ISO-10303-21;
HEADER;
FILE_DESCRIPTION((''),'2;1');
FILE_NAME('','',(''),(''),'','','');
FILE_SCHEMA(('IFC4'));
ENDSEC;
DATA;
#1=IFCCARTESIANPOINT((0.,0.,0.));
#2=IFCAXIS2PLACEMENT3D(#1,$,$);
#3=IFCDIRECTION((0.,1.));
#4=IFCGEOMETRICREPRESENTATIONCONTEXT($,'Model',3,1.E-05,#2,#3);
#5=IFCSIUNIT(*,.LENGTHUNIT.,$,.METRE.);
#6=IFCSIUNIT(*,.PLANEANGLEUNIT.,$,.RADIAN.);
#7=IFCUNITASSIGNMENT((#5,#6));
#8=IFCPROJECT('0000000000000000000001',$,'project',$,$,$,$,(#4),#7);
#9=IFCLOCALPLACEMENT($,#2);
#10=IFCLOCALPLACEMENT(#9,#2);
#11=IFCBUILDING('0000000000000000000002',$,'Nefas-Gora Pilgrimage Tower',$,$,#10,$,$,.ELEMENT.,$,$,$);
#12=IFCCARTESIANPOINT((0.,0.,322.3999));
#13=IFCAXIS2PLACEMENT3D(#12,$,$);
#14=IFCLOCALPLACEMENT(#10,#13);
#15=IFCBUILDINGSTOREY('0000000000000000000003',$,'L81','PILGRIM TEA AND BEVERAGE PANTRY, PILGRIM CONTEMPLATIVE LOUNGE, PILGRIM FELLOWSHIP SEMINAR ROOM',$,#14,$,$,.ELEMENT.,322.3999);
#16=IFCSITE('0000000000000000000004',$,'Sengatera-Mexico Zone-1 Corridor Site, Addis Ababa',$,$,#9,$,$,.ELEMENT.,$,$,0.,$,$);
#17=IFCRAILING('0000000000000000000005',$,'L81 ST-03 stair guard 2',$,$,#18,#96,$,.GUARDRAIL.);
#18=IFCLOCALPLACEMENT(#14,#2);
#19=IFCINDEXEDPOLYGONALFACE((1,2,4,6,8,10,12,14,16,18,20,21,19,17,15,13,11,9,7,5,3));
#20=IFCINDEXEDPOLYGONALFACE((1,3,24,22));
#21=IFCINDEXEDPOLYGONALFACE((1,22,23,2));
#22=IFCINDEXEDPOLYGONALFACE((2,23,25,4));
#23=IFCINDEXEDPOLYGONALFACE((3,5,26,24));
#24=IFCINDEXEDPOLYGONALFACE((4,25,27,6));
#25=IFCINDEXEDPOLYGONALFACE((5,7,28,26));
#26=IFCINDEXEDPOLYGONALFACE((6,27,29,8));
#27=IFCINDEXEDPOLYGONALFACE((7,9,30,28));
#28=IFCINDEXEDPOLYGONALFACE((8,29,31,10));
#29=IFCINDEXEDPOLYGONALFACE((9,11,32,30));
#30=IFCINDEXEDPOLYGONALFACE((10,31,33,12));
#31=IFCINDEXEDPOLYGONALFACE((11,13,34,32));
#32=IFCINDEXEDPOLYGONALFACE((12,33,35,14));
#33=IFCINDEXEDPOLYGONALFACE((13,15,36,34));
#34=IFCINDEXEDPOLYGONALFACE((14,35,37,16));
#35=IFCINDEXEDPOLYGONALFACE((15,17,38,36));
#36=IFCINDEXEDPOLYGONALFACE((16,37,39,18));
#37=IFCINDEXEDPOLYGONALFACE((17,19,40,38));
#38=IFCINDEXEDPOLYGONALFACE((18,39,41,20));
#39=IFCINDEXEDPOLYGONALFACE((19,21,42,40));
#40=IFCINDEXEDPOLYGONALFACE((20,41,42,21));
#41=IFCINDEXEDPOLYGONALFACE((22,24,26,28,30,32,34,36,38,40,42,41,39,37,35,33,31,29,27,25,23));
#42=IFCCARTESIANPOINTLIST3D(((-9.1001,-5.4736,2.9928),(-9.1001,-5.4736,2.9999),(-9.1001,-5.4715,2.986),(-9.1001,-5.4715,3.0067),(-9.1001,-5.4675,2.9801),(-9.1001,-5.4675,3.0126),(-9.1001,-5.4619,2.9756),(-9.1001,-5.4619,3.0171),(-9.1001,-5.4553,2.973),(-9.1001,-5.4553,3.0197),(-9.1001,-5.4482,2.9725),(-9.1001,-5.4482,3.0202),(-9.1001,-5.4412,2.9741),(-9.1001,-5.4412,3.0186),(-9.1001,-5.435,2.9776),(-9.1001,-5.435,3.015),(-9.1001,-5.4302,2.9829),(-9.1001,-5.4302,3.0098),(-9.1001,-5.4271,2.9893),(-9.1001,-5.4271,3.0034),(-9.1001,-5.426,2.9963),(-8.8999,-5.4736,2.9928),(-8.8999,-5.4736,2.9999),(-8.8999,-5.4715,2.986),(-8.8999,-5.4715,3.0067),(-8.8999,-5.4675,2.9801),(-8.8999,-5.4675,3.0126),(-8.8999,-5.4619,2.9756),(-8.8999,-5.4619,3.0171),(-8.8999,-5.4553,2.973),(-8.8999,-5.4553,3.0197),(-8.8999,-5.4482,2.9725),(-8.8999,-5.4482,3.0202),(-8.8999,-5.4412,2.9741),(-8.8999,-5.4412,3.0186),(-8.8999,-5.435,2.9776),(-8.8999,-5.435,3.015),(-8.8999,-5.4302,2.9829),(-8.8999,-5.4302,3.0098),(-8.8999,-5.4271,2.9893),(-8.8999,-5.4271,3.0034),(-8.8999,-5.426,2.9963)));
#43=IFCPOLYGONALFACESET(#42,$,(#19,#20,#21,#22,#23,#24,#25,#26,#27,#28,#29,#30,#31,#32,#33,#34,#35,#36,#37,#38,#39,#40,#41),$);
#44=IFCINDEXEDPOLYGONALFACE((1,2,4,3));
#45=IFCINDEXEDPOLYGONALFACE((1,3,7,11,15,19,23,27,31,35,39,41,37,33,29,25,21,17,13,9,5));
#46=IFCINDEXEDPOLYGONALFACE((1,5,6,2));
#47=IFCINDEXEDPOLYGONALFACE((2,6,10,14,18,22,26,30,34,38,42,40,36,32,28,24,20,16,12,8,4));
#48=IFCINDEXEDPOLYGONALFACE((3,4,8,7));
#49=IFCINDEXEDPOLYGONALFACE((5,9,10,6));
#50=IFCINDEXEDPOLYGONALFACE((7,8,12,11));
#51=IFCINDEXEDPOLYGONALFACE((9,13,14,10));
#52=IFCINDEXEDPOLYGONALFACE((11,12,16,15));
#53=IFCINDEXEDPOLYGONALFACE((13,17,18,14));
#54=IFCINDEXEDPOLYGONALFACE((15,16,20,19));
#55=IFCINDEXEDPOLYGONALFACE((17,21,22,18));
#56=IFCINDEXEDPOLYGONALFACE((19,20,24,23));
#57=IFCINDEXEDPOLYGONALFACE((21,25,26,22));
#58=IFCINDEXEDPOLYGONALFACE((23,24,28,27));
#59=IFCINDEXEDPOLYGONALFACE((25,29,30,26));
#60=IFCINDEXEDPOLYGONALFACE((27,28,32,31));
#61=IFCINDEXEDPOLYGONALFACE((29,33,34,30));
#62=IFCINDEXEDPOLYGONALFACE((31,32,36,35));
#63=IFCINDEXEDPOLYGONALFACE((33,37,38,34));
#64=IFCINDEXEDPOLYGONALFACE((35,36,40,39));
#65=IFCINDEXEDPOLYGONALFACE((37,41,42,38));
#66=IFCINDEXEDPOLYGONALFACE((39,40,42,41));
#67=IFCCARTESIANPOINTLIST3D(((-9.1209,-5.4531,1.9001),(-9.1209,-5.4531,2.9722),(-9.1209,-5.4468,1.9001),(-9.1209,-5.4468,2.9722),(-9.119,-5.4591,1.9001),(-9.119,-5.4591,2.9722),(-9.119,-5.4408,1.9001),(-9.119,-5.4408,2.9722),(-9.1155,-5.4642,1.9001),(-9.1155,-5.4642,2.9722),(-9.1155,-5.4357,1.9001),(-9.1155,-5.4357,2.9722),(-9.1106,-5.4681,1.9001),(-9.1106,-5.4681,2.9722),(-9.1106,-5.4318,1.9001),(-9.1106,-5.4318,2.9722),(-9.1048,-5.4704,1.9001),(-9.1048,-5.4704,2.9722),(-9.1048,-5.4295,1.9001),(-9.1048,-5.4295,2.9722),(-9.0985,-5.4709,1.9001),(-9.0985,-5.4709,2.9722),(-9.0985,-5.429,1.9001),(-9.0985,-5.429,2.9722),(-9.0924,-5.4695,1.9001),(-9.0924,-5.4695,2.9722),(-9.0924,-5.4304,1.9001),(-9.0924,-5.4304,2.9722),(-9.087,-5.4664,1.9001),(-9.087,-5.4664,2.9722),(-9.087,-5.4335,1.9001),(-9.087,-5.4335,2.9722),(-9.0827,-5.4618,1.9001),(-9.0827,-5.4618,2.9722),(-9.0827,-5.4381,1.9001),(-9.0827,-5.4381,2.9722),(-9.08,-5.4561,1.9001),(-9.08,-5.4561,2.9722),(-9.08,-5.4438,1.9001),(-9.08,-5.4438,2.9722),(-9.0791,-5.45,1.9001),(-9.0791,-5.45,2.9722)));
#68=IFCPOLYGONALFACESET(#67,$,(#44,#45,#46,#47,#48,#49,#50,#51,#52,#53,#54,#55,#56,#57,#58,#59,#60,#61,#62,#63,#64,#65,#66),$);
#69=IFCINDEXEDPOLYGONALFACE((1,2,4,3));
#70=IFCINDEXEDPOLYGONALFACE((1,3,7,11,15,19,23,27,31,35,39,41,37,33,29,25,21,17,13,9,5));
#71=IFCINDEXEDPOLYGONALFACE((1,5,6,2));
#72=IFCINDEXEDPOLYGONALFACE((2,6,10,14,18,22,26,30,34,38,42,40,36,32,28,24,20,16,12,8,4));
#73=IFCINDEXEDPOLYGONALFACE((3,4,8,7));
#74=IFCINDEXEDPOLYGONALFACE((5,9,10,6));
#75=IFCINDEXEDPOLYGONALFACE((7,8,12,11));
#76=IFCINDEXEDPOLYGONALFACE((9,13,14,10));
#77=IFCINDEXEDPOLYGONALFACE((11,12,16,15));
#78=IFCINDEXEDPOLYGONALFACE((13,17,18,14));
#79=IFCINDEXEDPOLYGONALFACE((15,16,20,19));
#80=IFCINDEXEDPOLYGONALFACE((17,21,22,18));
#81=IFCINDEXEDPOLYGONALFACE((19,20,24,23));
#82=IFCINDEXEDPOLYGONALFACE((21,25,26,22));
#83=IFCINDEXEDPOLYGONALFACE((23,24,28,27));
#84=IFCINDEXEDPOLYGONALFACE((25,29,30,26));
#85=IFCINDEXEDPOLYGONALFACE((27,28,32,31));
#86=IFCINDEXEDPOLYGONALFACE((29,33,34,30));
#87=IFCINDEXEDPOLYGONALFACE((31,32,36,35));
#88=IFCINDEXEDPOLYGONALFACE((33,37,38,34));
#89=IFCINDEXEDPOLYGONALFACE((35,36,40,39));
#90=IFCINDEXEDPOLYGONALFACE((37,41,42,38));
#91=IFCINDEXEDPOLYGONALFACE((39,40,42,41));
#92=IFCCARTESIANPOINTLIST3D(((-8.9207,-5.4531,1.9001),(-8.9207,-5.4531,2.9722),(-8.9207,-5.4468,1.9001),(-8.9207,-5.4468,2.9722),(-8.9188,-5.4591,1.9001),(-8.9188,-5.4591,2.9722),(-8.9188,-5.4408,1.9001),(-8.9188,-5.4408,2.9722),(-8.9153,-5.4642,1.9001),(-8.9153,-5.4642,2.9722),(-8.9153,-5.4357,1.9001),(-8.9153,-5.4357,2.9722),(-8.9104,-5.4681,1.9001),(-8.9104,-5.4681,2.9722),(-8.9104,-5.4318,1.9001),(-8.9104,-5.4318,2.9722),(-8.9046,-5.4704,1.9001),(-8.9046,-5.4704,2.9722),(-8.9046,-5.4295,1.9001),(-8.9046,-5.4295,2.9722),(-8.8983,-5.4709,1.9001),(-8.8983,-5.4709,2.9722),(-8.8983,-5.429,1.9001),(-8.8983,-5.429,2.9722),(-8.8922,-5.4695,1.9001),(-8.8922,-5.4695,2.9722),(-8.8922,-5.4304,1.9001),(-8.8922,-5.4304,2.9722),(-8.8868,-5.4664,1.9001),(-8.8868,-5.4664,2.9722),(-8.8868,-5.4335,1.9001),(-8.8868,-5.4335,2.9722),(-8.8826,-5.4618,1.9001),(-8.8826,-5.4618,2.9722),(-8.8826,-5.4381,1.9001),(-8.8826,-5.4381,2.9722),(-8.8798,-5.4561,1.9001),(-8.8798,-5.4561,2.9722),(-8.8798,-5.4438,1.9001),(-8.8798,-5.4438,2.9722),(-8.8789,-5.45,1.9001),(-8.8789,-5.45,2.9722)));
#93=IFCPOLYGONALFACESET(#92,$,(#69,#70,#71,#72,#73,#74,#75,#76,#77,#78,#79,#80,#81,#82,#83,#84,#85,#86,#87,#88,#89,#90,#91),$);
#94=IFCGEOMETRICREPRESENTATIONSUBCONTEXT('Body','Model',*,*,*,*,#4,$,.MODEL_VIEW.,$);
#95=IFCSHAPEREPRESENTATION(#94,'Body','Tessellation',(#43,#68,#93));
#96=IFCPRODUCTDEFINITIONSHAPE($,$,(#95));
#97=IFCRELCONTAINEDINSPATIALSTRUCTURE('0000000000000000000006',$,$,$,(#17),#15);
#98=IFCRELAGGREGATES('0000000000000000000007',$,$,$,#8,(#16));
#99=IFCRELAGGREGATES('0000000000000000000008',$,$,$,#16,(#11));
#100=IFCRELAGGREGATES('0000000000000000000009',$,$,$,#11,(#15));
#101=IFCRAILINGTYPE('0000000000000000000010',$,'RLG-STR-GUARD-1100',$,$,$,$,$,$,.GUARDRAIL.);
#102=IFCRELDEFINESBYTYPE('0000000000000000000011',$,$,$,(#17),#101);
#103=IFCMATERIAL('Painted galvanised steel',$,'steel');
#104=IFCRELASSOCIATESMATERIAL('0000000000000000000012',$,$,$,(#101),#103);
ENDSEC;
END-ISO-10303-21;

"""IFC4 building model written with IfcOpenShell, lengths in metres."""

from ifc_helpers import new_model, si_unit, direction, frame, origin, origin_2d, place, context, subcontext, project, spatial, circle, extrude, material, type_object, element, save


model = new_model("IFC4")

# Units and contexts
model_context = context("Model", 3, precision=1e-05, world=origin(), true_north=direction((0.0, 1.0)))
body_context = subcontext(model_context, "Body", "Model", "MODEL_VIEW")
ifc_project = project(units=[si_unit("LENGTHUNIT", "METRE"), si_unit("PLANEANGLEUNIT", "RADIAN")], contexts=[model_context])

# Site, building, storey
site_placement = place(None, origin())
site = spatial("IfcSite", under=ifc_project, at=site_placement, Name="Sengatera-Mexico Zone-1 Corridor Site, Addis Ababa", CompositionType="ELEMENT", RefElevation=0.0)
building_placement = place(site_placement, origin())
building = spatial("IfcBuilding", under=site, at=building_placement, Name="Nefas-Gora Pilgrimage Tower", CompositionType="ELEMENT")
storey_placement = place(building_placement, frame((0.0, 0.0, 322.3999)))
storey = spatial("IfcBuildingStorey", under=building, at=storey_placement, Name="L81", Description="PILGRIM TEA AND BEVERAGE PANTRY, PILGRIM CONTEMPLATIVE LOUNGE, PILGRIM FELLOWSHIP SEMINAR ROOM", CompositionType="ELEMENT", Elevation=322.3999)

# Railing
ifc_material_1 = material(Name="Painted galvanised steel", Category="steel")
railing_type_1 = type_object("IfcRailingType", Name="RLG-STR-GUARD-1100", PredefinedType="GUARDRAIL", material=ifc_material_1)
railing_1_placement = place(storey_placement, frame((-9.1001, -5.45, 1.9001)))
element("IfcRailing", 1, at=railing_1_placement, inside=storey, type_object=railing_type_1, Name="L81 ST-03 stair guard 2", PredefinedType="GUARDRAIL", context=body_context, shape_type="SweptSolid", body=[
    extrude(circle(Radius=0.0239, at=origin_2d()), frame((0.0, 0.0, 1.0962), z_axis=(1.0, 0.0, 0.0), x_axis=(0.0, 1.0, 0.0)), (0.0, 0.0, 1.0), 0.2002),
    extrude(circle(Radius=0.021, at=origin_2d()), origin(), (0.0, 0.0, 1.0), 1.072),
    extrude(circle(Radius=0.021, at=origin_2d()), frame((0.2002, 0.0, 0.0)), (0.0, 0.0, 1.0), 1.072),
])

save(model, "model.ifc")
